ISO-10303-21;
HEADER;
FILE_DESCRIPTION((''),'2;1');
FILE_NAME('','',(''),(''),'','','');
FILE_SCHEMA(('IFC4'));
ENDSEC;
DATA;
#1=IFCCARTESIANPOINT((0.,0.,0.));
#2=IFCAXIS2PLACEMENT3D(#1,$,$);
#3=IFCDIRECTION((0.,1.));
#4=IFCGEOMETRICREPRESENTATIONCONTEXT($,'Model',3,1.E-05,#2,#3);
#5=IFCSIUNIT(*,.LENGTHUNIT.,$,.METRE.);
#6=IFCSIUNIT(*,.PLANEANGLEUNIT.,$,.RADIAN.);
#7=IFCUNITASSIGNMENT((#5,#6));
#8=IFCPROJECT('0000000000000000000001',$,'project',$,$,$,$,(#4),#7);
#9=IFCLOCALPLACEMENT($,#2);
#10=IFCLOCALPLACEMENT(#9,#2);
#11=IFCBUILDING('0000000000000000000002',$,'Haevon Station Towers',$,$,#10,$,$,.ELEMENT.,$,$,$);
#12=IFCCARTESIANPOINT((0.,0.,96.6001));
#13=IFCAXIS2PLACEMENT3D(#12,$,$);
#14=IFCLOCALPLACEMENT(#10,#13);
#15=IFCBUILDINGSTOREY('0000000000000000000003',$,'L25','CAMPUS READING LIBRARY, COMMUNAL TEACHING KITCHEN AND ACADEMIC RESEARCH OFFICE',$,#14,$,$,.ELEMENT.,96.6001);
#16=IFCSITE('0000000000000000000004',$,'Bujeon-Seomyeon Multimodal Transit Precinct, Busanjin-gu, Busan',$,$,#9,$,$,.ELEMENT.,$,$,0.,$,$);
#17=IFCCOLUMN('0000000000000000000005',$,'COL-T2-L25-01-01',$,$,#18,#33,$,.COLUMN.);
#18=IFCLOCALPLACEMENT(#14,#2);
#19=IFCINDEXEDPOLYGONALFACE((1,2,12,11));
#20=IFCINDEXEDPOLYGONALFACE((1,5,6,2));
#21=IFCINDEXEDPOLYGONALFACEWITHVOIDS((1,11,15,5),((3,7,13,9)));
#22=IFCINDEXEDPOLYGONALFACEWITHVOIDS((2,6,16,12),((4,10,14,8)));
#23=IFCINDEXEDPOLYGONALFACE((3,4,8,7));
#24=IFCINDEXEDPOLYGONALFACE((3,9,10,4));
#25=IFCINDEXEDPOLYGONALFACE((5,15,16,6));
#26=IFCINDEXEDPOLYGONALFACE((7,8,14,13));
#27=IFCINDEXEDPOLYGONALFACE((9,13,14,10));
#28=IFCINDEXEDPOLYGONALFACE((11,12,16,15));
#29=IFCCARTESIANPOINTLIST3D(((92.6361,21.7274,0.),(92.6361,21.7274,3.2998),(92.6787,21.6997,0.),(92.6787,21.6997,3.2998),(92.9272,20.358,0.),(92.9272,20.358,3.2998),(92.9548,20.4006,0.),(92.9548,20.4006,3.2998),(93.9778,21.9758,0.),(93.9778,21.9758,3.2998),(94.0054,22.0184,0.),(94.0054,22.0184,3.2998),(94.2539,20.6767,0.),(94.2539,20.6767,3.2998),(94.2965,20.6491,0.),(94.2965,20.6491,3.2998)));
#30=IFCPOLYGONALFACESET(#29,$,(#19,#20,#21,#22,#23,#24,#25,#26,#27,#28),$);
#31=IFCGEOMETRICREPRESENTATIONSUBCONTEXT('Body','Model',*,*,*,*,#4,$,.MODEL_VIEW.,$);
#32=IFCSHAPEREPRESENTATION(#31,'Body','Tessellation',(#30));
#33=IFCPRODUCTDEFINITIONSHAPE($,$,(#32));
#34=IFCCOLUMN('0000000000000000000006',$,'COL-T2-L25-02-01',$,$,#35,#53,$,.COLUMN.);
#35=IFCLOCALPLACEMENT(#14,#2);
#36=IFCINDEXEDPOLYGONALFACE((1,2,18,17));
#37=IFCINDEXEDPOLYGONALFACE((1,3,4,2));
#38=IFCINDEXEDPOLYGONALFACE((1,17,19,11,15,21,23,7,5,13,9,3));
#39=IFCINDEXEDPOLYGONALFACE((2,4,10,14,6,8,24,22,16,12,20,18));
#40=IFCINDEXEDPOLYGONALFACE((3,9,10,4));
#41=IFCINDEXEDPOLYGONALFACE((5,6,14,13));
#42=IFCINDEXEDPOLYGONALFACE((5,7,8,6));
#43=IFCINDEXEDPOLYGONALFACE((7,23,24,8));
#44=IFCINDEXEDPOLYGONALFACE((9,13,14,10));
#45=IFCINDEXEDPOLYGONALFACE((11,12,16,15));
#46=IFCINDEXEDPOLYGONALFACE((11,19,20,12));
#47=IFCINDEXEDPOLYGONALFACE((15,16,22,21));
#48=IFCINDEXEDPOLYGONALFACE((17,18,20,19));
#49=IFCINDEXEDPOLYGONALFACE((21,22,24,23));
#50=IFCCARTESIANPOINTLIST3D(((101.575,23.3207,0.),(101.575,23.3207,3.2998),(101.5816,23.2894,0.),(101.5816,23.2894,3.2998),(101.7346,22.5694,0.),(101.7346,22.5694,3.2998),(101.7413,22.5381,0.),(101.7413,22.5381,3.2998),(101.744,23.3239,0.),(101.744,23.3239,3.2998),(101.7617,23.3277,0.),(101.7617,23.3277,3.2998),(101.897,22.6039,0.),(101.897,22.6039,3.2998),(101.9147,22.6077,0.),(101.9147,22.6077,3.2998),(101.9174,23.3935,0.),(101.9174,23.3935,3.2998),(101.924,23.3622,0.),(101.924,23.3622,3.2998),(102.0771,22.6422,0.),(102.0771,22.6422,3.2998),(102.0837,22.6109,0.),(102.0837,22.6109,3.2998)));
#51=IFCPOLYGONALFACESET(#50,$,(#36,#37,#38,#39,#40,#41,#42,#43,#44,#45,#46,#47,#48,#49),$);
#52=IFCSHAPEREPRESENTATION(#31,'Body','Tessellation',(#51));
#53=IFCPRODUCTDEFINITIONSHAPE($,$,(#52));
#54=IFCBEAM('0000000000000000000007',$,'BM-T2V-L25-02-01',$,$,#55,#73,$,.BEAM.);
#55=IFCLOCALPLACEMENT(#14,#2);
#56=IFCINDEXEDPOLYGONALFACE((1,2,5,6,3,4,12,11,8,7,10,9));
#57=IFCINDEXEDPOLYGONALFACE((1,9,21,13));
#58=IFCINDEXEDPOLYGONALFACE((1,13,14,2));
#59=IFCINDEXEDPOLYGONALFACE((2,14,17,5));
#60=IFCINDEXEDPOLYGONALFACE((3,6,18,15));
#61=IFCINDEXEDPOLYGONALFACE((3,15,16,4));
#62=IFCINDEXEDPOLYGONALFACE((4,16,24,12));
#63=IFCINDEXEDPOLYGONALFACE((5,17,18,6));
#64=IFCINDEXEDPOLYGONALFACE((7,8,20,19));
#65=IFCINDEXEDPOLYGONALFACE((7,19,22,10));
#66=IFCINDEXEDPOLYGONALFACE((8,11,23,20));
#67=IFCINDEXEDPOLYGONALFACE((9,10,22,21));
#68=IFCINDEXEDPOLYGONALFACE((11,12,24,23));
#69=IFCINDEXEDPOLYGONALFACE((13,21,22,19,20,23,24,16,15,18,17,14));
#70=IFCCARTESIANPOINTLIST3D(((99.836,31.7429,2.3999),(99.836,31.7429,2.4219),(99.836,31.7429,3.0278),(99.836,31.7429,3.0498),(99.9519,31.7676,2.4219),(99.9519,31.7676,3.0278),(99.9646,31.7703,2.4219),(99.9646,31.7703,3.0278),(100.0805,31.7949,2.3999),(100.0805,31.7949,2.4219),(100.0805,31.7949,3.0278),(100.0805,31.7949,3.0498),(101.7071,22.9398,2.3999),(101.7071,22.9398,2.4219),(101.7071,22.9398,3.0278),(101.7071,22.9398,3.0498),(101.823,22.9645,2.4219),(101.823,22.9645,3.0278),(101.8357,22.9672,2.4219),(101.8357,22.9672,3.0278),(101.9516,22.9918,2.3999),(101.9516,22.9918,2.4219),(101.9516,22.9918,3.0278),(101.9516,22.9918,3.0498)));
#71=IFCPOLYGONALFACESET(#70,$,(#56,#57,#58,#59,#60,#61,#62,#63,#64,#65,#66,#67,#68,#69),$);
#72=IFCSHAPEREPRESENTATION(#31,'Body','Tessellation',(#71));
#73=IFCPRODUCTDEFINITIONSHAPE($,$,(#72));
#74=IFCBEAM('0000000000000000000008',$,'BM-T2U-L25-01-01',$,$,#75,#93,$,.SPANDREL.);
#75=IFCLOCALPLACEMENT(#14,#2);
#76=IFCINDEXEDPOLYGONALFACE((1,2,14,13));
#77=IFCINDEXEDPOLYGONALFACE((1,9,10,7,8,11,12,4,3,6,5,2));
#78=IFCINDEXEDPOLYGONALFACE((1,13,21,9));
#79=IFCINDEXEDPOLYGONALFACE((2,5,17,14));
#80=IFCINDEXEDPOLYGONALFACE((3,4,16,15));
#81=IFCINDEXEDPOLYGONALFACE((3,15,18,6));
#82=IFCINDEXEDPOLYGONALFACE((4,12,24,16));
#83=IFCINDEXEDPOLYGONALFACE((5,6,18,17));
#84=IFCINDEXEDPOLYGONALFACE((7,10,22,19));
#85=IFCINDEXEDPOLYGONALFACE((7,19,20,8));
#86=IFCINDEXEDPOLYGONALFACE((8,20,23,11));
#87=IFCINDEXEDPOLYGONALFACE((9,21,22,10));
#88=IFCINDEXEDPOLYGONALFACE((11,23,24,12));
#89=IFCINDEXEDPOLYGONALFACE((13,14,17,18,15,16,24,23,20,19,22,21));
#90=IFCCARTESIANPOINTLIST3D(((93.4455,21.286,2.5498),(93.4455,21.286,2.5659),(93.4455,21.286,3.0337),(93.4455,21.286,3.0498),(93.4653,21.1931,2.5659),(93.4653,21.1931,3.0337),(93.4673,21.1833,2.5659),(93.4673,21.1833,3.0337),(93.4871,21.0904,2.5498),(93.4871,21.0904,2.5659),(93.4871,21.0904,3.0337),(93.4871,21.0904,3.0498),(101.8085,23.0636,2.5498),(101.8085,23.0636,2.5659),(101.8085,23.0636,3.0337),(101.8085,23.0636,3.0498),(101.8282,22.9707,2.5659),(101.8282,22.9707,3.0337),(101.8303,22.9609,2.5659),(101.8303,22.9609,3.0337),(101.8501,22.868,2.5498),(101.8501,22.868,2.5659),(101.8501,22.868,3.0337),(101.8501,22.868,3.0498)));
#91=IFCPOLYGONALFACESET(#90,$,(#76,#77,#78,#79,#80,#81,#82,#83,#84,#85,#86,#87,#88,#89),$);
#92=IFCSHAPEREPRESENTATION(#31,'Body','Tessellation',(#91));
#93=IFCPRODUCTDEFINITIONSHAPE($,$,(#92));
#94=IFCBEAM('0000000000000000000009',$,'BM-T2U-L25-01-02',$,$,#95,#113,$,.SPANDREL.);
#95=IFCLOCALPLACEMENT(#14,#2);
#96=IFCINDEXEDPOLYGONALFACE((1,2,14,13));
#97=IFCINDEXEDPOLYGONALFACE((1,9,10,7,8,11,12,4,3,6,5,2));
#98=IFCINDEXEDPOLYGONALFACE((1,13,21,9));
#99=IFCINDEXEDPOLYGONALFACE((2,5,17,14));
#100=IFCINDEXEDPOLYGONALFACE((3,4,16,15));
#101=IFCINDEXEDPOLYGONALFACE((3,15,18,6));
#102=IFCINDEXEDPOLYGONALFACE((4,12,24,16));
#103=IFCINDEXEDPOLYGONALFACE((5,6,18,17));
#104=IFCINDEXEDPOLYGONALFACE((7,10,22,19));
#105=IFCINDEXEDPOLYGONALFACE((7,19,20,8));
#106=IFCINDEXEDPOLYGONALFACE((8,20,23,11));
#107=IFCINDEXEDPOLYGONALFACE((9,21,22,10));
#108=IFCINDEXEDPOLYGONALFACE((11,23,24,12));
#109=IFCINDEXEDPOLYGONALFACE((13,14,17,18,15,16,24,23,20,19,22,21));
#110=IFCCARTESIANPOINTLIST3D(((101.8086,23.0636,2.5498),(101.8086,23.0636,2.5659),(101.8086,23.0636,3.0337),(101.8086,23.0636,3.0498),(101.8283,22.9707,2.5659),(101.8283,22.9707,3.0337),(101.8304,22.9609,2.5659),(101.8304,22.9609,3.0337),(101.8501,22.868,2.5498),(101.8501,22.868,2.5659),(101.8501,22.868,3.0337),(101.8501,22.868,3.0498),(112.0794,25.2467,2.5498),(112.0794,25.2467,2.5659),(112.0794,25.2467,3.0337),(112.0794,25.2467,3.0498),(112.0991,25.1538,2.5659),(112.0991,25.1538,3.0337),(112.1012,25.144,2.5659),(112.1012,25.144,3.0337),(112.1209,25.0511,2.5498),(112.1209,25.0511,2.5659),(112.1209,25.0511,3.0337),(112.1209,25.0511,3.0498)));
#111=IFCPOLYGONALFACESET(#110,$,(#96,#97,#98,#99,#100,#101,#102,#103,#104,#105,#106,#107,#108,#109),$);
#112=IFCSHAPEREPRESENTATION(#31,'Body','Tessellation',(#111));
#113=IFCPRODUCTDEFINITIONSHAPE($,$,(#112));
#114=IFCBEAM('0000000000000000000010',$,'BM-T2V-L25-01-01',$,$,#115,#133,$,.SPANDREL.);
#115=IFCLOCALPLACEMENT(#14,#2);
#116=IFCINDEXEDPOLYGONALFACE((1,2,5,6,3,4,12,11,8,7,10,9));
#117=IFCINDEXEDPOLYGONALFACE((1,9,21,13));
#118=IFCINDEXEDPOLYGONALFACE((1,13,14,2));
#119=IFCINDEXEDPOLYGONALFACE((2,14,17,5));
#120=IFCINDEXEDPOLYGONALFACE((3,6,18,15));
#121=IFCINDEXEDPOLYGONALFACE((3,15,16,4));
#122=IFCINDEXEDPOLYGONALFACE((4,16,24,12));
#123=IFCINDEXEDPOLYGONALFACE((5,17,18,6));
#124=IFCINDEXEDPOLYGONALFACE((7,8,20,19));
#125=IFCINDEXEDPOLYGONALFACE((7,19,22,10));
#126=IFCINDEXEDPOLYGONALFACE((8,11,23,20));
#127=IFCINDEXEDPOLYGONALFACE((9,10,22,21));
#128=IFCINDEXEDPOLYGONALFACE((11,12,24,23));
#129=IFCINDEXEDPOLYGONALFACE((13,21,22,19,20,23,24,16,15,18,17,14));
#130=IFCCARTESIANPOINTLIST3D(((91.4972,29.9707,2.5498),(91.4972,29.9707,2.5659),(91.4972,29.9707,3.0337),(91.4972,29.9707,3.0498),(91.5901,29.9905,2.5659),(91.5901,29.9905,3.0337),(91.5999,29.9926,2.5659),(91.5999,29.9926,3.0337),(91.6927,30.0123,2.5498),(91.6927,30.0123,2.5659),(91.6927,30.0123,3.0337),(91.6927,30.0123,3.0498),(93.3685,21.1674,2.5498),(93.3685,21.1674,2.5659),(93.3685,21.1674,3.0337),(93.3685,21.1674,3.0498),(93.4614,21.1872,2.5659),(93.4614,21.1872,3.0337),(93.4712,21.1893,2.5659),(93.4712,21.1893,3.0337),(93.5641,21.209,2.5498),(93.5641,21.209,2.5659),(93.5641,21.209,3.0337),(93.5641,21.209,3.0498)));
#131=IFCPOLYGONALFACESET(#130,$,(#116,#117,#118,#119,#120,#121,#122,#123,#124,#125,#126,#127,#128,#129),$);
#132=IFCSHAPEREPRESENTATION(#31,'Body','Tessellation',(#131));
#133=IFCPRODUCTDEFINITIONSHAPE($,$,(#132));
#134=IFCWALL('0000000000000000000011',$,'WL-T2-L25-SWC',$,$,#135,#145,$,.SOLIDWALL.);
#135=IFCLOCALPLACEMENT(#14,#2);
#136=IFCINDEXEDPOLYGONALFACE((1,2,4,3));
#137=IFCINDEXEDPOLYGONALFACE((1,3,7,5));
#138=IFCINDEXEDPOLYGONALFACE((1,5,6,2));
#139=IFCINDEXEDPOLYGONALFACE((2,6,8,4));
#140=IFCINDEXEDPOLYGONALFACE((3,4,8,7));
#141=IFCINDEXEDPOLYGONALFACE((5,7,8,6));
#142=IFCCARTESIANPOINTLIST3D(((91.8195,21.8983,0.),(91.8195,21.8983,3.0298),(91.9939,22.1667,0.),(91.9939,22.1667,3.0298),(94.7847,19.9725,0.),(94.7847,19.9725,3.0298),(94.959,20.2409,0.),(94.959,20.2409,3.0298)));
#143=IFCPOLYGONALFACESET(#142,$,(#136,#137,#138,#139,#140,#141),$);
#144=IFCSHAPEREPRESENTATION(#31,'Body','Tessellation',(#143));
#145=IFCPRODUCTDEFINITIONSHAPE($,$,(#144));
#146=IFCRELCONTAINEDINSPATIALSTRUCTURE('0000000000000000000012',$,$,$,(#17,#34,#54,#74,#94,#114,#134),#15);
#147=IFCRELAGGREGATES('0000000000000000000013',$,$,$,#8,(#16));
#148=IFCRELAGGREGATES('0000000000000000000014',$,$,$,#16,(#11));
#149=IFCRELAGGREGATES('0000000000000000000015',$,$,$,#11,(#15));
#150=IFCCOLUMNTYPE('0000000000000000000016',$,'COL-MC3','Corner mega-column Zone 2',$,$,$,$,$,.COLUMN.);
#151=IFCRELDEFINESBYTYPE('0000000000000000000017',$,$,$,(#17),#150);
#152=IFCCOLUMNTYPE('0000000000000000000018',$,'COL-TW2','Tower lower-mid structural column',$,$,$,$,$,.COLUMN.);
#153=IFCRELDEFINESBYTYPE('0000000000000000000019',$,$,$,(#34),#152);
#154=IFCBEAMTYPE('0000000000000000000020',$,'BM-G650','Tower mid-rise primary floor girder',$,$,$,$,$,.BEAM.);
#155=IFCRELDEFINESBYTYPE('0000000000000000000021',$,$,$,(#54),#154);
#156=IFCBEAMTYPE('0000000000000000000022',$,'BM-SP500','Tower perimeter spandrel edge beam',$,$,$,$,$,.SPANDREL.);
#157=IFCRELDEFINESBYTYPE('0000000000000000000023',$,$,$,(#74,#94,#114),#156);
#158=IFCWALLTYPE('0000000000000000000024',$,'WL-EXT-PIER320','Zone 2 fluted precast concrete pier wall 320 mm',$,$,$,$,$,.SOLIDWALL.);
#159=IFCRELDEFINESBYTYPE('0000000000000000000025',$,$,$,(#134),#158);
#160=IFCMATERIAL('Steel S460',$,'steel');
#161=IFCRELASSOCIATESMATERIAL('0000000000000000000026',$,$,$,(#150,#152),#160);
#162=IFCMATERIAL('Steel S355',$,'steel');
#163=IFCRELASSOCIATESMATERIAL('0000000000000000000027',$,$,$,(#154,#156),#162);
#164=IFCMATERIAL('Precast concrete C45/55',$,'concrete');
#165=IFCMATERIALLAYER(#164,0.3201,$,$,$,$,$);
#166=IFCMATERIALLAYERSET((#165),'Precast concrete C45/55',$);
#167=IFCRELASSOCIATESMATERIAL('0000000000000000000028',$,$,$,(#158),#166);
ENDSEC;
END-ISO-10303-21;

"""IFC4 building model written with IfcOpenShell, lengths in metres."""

from ifc_helpers import new_model, si_unit, direction, frame, frame_2d, origin, origin_2d, place, context, subcontext, project, spatial, rectangle, hollow_rectangle, i_section, extrude, material, layer, layer_set, material_profile, profile_set, type_object, element, save


model = new_model("IFC4")

# Units and contexts
model_context = context("Model", 3, precision=1e-05, world=origin(), true_north=direction((0.0, 1.0)))
body_context = subcontext(model_context, "Body", "Model", "MODEL_VIEW")
ifc_project = project(units=[si_unit("LENGTHUNIT", "METRE"), si_unit("PLANEANGLEUNIT", "RADIAN")], contexts=[model_context])

# Site, building, storey
site_placement = place(None, origin())
site = spatial("IfcSite", under=ifc_project, at=site_placement, Name="Bujeon-Seomyeon Multimodal Transit Precinct, Busanjin-gu, Busan", CompositionType="ELEMENT", RefElevation=0.0)
building_placement = place(site_placement, origin())
building = spatial("IfcBuilding", under=site, at=building_placement, Name="Haevon Station Towers", CompositionType="ELEMENT")
storey_placement = place(building_placement, frame((0.0, 0.0, 96.6001)))
storey = spatial("IfcBuildingStorey", under=building, at=storey_placement, Name="L25", Description="CAMPUS READING LIBRARY, COMMUNAL TEACHING KITCHEN AND ACADEMIC RESEARCH OFFICE", CompositionType="ELEMENT", Elevation=96.6001)

# Columns
ifc_material_1 = material(Name="Steel S460", Category="steel")
ifc_material_profile_1 = material_profile(ifc_material_1, hollow_rectangle(XDim=1.3999, YDim=1.3999, WallThickness=0.0359, at=origin_2d()), Name="BOX-1400x1400x36")
ifc_profile_set_1 = profile_set([ifc_material_profile_1], Name="Steel S460")
column_type_1 = type_object("IfcColumnType", Name="COL-MC3", Description="Corner mega-column Zone 2", PredefinedType="COLUMN", material=ifc_profile_set_1)
column_1_placement = place(storey_placement, frame((93.4663, 21.1882, 0.0), z_axis=(0.0, 0.0, 1.0), x_axis=(0.978148, 0.207912, 0.0)))
element("IfcColumn", 1, at=column_1_placement, inside=storey, type_object=column_type_1, Name="COL-T2-L25-01-01", PredefinedType="COLUMN", context=body_context, shape_type="SweptSolid", body=[
    extrude(hollow_rectangle(XDim=1.3999, YDim=1.3999, WallThickness=0.0359, at=origin_2d()), origin(), (0.0, 0.0, 1.0), 3.2998),
])
ifc_material_profile_2 = material_profile(ifc_material_1, i_section(OverallWidth=0.3501, OverallDepth=0.8, WebThickness=0.0181, FlangeThickness=0.032, at=origin_2d()), Name="H-800x350x18x32")
ifc_profile_set_2 = profile_set([ifc_material_profile_2], Name="Steel S460")
column_type_2 = type_object("IfcColumnType", Name="COL-TW2", Description="Tower lower-mid structural column", PredefinedType="COLUMN", material=ifc_profile_set_2)
column_2_placement = place(storey_placement, frame((101.8293, 22.9658, 0.0), z_axis=(0.0, 0.0, 1.0), x_axis=(0.978148, 0.207912, 0.0)))
element("IfcColumn", 2, at=column_2_placement, inside=storey, type_object=column_type_2, Name="COL-T2-L25-02-01", PredefinedType="COLUMN", context=body_context, shape_type="SweptSolid", body=[
    extrude(i_section(OverallWidth=0.3501, OverallDepth=0.8, WebThickness=0.0181, FlangeThickness=0.032, at=origin_2d()), origin(), (0.0, 0.0, 1.0), 3.2998),
])

# Beams
ifc_material_2 = material(Name="Steel S355", Category="steel")
ifc_material_profile_3 = material_profile(ifc_material_2, i_section(OverallWidth=0.25, OverallDepth=0.6499, WebThickness=0.0129, FlangeThickness=0.022, at=origin_2d()), Name="H-650x250x13x22")
ifc_profile_set_3 = profile_set([ifc_material_profile_3], Name="Steel S355")
beam_type_1 = type_object("IfcBeamType", Name="BM-G650", Description="Tower mid-rise primary floor girder", PredefinedType="BEAM", material=ifc_profile_set_3)
beam_1_placement = place(storey_placement, frame((101.8293, 22.9658, 2.7249), z_axis=(-0.207902, 0.97815, 0.0), x_axis=(-0.97815, -0.207902, 0.0)))
element("IfcBeam", 3, at=beam_1_placement, inside=storey, type_object=beam_type_1, Name="BM-T2V-L25-02-01", PredefinedType="BEAM", context=body_context, shape_type="SweptSolid", body=[
    extrude(i_section(OverallWidth=0.25, OverallDepth=0.6499, WebThickness=0.0129, FlangeThickness=0.022, at=origin_2d()), origin(), (0.0, 0.0, 1.0), 8.9998),
])
ifc_material_profile_4 = material_profile(ifc_material_2, i_section(OverallWidth=0.2, OverallDepth=0.5, WebThickness=0.01, FlangeThickness=0.0161, at=origin_2d()), Name="H-500x200x10x16")
ifc_profile_set_4 = profile_set([ifc_material_profile_4], Name="Steel S355")
beam_type_2 = type_object("IfcBeamType", Name="BM-SP500", Description="Tower perimeter spandrel edge beam", PredefinedType="SPANDREL", material=ifc_profile_set_4)
beam_2_placement = place(storey_placement, frame((93.4663, 21.1882, 2.7998), z_axis=(0.978148, 0.207908, 0.0), x_axis=(-0.207908, 0.978148, 0.0)))
element("IfcBeam", 4, at=beam_2_placement, inside=storey, type_object=beam_type_2, Name="BM-T2U-L25-01-01", PredefinedType="SPANDREL", context=body_context, shape_type="SweptSolid", body=[
    extrude(i_section(OverallWidth=0.2, OverallDepth=0.5, WebThickness=0.01, FlangeThickness=0.0161, at=origin_2d()), origin(), (0.0, 0.0, 1.0), 8.5498),
])
beam_3_placement = place(storey_placement, frame((101.8293, 22.9658, 2.7998), z_axis=(0.978148, 0.207911, 0.0), x_axis=(-0.207911, 0.978148, 0.0)))
element("IfcBeam", 5, at=beam_3_placement, inside=storey, type_object=beam_type_2, Name="BM-T2U-L25-01-02", PredefinedType="SPANDREL", context=body_context, shape_type="SweptSolid", body=[
    extrude(i_section(OverallWidth=0.2, OverallDepth=0.5, WebThickness=0.01, FlangeThickness=0.0161, at=origin_2d()), origin(), (0.0, 0.0, 1.0), 10.5002),
])
beam_4_placement = place(storey_placement, frame((93.4663, 21.1882, 2.7998), z_axis=(-0.207928, 0.978144, 0.0), x_axis=(-0.978144, -0.207928, 0.0)))
element("IfcBeam", 6, at=beam_4_placement, inside=storey, type_object=beam_type_2, Name="BM-T2V-L25-01-01", PredefinedType="SPANDREL", context=body_context, shape_type="SweptSolid", body=[
    extrude(i_section(OverallWidth=0.2, OverallDepth=0.5, WebThickness=0.01, FlangeThickness=0.0161, at=origin_2d()), origin(), (0.0, 0.0, 1.0), 9.0),
])

# Wall
ifc_material_3 = material(Name="Precast concrete C45/55", Category="concrete")
ifc_layer_1 = layer(ifc_material_3, 0.3201)
ifc_layer_set_1 = layer_set([ifc_layer_1], Name="Precast concrete C45/55")
wall_type_1 = type_object("IfcWallType", Name="WL-EXT-PIER320", Description="Zone 2 fluted precast concrete pier wall 320 mm", PredefinedType="SOLIDWALL", material=ifc_layer_set_1)
wall_1_placement = place(storey_placement, frame((94.8718, 20.1067, 0.0), z_axis=(0.0, 0.0, 1.0), x_axis=(-0.838641, 0.544685, 0.0)))
element("IfcWall", 7, at=wall_1_placement, inside=storey, type_object=wall_type_1, Name="WL-T2-L25-SWC", PredefinedType="SOLIDWALL", context=body_context, shape_type="SweptSolid", body=[
    extrude(rectangle(XDim=3.5356, YDim=0.3201, at=frame_2d((1.7678, 0.0))), origin(), (0.0, 0.0, 1.0), 3.0298),
])

save(model, "model.ifc")
